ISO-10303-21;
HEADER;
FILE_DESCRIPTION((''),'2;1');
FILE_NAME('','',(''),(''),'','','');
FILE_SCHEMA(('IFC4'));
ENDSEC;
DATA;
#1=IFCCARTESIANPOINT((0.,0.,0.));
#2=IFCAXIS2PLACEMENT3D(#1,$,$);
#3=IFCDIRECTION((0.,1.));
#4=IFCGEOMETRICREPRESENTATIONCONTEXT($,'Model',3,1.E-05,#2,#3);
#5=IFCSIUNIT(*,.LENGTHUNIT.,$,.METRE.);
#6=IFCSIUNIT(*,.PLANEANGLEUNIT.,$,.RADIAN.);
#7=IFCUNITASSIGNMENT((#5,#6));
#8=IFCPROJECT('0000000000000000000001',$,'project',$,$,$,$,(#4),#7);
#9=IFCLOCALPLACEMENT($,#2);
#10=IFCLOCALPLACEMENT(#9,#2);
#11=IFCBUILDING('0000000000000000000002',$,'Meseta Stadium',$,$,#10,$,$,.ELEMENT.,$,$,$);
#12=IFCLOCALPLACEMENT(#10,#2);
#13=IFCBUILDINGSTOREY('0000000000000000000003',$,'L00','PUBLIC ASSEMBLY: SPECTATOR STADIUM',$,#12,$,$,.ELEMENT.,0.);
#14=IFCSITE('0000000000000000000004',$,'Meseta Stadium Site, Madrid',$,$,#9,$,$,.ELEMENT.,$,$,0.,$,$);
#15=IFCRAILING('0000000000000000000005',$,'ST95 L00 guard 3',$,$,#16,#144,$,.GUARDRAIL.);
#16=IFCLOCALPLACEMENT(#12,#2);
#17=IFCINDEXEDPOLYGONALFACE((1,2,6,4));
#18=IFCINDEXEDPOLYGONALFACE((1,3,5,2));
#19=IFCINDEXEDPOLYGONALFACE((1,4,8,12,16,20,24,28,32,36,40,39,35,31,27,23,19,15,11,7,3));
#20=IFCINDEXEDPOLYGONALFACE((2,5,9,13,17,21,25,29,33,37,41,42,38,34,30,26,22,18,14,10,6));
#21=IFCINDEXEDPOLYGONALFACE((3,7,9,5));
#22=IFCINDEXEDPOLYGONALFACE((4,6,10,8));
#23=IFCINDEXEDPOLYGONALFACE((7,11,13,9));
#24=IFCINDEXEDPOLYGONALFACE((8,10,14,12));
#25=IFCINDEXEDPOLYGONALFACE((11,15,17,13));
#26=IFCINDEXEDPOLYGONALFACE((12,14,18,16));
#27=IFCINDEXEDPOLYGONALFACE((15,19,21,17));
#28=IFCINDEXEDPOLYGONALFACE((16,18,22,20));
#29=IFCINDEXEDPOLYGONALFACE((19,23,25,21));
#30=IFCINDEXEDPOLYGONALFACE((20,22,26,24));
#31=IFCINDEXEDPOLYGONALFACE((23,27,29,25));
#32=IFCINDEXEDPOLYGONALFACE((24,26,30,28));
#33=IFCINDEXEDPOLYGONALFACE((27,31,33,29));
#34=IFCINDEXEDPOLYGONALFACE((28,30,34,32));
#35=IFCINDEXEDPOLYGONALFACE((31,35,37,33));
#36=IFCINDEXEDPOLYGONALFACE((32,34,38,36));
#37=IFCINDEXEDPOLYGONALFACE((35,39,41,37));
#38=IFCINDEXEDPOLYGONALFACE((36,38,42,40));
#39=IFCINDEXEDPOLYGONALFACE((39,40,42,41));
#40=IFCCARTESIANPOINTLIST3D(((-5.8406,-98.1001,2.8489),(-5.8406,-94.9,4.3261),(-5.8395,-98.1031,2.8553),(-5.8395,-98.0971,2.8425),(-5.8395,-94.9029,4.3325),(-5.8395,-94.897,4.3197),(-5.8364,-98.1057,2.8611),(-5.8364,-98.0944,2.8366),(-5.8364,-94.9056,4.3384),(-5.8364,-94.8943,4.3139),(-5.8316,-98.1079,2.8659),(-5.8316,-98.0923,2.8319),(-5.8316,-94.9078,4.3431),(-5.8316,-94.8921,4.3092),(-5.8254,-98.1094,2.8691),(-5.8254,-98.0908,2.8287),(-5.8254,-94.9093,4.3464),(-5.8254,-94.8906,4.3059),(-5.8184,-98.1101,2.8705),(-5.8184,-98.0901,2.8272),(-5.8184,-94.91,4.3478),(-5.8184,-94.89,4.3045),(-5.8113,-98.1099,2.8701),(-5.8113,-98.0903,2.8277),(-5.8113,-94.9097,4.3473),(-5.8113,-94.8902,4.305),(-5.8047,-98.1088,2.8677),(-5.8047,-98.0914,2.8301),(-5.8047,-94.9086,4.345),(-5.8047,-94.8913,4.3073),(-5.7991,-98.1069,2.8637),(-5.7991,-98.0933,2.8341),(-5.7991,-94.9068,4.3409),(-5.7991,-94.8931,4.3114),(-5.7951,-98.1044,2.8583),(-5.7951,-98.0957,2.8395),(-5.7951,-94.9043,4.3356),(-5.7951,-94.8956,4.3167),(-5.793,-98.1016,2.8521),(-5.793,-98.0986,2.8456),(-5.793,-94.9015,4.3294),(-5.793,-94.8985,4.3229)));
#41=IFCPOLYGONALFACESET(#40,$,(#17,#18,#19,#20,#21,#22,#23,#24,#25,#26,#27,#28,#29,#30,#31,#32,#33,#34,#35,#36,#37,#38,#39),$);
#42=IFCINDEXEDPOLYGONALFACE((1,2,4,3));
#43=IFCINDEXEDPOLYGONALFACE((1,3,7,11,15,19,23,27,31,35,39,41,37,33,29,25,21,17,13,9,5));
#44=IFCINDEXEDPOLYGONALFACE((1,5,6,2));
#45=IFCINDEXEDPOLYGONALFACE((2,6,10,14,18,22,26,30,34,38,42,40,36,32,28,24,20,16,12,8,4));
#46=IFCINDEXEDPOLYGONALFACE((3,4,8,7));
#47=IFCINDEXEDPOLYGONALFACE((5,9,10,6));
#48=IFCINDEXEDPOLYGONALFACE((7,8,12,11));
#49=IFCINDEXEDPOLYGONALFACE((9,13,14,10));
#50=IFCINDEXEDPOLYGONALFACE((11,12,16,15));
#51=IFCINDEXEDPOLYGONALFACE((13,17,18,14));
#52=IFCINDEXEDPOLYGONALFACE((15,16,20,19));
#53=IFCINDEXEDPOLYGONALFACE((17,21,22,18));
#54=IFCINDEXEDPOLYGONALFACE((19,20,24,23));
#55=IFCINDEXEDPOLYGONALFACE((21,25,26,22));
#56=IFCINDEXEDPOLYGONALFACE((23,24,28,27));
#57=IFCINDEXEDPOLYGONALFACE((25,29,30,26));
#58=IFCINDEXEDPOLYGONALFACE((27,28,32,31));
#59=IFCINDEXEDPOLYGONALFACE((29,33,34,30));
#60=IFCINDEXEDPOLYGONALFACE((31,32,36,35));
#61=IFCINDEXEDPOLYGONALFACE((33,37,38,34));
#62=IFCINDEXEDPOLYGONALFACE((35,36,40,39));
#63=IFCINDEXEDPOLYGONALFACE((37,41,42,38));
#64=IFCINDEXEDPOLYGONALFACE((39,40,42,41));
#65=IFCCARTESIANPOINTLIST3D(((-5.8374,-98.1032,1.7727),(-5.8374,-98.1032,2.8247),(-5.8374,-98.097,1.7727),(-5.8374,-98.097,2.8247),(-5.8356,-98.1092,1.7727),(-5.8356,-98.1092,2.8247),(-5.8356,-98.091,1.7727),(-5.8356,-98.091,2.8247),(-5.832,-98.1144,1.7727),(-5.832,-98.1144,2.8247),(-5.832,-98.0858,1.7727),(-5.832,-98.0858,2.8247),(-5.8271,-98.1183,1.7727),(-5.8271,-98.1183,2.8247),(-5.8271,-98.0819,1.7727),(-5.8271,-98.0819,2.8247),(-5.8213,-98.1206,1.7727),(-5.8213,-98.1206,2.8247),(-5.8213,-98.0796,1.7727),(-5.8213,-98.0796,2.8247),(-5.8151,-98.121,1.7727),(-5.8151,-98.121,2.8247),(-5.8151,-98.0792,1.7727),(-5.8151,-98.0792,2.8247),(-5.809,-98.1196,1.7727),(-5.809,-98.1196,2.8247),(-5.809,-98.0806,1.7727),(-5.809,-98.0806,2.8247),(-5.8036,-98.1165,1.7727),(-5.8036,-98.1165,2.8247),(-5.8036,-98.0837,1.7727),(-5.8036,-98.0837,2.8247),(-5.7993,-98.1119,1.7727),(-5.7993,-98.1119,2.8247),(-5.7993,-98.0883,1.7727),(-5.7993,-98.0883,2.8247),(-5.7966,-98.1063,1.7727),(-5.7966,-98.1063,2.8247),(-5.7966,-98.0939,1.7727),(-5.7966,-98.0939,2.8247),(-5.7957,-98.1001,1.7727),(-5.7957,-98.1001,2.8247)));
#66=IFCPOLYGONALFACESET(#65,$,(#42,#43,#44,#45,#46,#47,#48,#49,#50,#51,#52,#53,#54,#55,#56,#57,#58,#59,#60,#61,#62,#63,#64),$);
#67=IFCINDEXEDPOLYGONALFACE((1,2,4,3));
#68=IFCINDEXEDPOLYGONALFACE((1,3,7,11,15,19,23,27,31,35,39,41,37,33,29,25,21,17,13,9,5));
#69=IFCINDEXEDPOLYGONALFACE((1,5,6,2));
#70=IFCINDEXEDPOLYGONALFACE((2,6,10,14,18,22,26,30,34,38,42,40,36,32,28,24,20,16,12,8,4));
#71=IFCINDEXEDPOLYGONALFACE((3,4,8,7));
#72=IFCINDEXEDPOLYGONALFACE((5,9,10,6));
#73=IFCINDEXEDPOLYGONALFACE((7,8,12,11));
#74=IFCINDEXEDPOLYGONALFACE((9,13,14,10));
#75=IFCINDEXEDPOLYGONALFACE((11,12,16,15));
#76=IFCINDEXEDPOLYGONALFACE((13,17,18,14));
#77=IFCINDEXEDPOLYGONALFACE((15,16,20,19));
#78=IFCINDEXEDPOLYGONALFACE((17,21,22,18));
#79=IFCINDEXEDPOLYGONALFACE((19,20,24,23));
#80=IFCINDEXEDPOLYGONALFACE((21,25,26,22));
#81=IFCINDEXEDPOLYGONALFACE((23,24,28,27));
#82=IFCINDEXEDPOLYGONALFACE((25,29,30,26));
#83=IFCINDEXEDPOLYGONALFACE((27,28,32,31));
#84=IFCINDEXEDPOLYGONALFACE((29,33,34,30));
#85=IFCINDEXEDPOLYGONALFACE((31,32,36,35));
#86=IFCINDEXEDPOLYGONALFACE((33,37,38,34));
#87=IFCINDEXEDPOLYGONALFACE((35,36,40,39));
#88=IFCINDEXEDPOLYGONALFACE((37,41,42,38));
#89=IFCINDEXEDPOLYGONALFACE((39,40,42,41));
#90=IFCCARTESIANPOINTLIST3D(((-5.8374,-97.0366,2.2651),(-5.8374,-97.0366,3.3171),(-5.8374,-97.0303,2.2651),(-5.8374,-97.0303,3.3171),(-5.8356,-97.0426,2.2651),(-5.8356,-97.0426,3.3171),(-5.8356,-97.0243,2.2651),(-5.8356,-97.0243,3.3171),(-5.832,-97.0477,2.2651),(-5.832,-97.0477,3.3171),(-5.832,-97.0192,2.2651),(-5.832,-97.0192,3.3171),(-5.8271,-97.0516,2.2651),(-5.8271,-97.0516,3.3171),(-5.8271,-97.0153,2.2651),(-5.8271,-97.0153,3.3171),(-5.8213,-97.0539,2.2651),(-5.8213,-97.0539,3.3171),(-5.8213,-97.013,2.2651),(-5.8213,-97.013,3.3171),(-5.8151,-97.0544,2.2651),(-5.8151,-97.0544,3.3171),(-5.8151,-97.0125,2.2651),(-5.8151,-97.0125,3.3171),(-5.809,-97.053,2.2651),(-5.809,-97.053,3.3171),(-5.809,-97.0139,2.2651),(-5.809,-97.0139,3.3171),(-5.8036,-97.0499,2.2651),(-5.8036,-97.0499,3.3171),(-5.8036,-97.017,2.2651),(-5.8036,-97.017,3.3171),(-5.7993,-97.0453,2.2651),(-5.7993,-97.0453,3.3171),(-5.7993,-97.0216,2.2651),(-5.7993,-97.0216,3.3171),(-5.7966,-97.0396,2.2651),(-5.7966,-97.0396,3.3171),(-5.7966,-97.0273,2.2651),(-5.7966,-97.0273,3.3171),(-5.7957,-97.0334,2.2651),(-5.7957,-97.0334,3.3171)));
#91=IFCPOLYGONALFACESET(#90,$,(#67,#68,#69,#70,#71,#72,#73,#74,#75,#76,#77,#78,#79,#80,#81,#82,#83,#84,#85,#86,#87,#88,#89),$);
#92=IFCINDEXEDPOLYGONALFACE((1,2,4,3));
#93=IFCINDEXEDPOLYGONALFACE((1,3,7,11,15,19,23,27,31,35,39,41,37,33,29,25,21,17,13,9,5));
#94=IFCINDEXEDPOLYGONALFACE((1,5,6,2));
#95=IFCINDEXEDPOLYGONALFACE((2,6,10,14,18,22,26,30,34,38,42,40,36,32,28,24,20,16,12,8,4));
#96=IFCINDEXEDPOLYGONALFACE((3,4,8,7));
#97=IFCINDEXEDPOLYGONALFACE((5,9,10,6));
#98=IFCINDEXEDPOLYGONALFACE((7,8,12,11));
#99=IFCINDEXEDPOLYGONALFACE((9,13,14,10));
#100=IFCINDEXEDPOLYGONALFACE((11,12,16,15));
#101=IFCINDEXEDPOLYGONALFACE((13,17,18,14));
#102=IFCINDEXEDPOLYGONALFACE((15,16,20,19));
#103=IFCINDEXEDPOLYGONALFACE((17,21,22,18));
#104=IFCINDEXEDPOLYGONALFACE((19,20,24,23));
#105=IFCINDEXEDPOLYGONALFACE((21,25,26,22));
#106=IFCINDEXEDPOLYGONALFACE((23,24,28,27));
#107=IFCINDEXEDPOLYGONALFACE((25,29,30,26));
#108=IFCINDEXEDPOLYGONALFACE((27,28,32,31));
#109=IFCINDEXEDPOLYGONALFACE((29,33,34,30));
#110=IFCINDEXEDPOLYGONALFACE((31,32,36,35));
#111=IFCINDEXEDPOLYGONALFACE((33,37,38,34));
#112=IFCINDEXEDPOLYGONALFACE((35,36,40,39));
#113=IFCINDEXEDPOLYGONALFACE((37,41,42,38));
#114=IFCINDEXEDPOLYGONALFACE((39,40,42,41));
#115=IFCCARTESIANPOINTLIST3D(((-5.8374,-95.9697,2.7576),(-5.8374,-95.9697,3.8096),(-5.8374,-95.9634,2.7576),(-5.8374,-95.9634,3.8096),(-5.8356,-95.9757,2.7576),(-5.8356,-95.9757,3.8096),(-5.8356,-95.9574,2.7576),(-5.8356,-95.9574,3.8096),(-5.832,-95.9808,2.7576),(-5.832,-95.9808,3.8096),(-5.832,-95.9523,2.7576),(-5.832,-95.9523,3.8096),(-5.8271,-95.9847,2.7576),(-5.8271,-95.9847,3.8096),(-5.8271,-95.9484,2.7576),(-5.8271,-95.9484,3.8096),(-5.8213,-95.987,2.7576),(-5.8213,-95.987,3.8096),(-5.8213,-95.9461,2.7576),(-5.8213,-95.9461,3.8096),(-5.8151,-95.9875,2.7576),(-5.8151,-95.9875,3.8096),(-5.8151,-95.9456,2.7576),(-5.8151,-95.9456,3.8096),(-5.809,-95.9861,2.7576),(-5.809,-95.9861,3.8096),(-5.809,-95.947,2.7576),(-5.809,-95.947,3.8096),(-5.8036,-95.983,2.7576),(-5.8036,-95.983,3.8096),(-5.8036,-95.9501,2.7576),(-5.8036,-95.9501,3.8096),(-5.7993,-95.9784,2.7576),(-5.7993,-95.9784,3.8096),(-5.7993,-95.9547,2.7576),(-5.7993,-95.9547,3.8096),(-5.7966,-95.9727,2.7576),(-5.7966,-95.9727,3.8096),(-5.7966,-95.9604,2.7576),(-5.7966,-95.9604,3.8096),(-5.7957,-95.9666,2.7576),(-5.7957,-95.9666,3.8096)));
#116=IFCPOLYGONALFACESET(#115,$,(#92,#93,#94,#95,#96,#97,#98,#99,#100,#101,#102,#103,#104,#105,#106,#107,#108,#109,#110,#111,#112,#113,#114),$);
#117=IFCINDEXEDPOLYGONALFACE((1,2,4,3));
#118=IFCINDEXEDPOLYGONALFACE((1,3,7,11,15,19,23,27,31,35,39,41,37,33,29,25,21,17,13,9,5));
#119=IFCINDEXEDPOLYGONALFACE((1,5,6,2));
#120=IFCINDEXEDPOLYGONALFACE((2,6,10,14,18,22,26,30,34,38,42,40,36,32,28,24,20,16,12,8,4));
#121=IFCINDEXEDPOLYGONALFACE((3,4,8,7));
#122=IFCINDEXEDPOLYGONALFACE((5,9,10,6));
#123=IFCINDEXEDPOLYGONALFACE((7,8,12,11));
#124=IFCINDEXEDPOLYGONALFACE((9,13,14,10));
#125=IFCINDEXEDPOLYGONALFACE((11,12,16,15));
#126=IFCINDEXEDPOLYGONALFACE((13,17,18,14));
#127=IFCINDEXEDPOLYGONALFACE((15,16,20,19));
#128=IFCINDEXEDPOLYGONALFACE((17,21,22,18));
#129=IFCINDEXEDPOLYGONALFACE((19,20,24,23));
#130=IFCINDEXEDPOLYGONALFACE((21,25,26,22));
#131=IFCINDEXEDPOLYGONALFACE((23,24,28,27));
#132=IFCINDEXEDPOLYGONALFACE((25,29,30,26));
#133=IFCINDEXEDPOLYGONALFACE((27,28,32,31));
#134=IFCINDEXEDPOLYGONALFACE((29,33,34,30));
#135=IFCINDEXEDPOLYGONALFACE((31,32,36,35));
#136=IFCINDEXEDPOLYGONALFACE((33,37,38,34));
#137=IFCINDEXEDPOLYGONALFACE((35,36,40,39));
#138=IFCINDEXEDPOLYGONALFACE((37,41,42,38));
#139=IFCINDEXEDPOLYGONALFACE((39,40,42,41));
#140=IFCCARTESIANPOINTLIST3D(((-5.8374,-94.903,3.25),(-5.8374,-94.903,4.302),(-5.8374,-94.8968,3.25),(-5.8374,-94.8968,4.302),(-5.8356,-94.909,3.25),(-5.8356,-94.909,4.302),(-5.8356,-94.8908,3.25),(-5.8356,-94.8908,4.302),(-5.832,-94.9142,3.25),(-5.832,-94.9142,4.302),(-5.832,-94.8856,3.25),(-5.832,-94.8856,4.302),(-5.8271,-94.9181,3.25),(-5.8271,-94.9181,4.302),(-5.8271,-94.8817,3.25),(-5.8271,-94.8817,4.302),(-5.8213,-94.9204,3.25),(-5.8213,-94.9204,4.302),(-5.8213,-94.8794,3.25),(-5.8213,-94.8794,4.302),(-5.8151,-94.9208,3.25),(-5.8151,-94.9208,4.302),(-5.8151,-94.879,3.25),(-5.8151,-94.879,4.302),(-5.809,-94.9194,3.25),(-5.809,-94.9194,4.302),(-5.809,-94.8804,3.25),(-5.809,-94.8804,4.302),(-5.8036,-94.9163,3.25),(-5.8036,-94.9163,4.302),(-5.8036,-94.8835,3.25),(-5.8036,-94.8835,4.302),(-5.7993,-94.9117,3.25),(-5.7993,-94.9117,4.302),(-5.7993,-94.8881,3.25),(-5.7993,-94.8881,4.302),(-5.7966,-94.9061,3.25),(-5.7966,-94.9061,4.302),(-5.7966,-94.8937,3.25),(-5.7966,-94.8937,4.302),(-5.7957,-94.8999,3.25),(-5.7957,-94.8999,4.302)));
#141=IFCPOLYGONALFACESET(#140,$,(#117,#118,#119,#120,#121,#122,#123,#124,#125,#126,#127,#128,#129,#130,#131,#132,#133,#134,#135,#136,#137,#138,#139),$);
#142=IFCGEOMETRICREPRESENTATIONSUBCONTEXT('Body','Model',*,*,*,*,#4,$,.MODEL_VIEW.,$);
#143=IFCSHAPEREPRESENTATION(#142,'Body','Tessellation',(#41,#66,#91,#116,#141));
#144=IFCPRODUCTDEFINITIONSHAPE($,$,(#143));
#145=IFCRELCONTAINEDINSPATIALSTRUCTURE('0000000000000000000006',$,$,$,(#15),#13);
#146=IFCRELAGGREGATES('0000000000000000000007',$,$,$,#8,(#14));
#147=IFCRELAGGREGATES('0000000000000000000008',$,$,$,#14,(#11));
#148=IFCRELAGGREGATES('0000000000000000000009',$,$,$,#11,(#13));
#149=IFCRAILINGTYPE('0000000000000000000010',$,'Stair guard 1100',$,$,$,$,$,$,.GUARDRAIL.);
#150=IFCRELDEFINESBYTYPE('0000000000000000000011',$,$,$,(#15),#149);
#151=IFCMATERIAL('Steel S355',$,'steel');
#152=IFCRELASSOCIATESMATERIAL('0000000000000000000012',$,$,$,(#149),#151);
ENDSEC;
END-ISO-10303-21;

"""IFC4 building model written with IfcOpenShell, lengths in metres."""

from ifc_helpers import new_model, si_unit, direction, frame, origin, origin_2d, place, context, subcontext, project, spatial, circle, extrude, material, type_object, element, save


model = new_model("IFC4")

# Units and contexts
model_context = context("Model", 3, precision=1e-05, world=origin(), true_north=direction((0.0, 1.0)))
body_context = subcontext(model_context, "Body", "Model", "MODEL_VIEW")
ifc_project = project(units=[si_unit("LENGTHUNIT", "METRE"), si_unit("PLANEANGLEUNIT", "RADIAN")], contexts=[model_context])

# Site, building, storey
site_placement = place(None, origin())
site = spatial("IfcSite", under=ifc_project, at=site_placement, Name="Meseta Stadium Site, Madrid", CompositionType="ELEMENT", RefElevation=0.0)
building_placement = place(site_placement, origin())
building = spatial("IfcBuilding", under=site, at=building_placement, Name="Meseta Stadium", CompositionType="ELEMENT")
storey_placement = place(building_placement, origin())
storey = spatial("IfcBuildingStorey", under=building, at=storey_placement, Name="L00", Description="PUBLIC ASSEMBLY: SPECTATOR STADIUM", CompositionType="ELEMENT", Elevation=0.0)

# Railing
ifc_material_1 = material(Name="Steel S355", Category="steel")
railing_type_1 = type_object("IfcRailingType", Name="Stair guard 1100", PredefinedType="GUARDRAIL", material=ifc_material_1)
railing_1_placement = place(storey_placement, frame((-5.8167, -98.1001, 1.7727)))
element("IfcRailing", 1, at=railing_1_placement, inside=storey, type_object=railing_type_1, Name="ST95 L00 guard 3", PredefinedType="GUARDRAIL", context=body_context, shape_type="SweptSolid", body=[
    extrude(circle(Radius=0.0239, at=origin_2d()), frame((0.0, 0.0, 1.0762), z_axis=(0.0, 0.907929, 0.419124), x_axis=(-1.0, 0.0, 0.0)), (0.0, 0.0, 1.0), 3.5247),
    extrude(circle(Radius=0.021, at=origin_2d()), origin(), (0.0, 0.0, 1.0), 1.052),
    extrude(circle(Radius=0.021, at=origin_2d()), frame((0.0, 1.0667, 0.4924)), (0.0, 0.0, 1.0), 1.052),
    extrude(circle(Radius=0.021, at=origin_2d()), frame((0.0, 2.1335, 0.9849)), (0.0, 0.0, 1.0), 1.052),
    extrude(circle(Radius=0.021, at=origin_2d()), frame((0.0, 3.2002, 1.4773)), (0.0, 0.0, 1.0), 1.052),
])

save(model, "model.ifc")
